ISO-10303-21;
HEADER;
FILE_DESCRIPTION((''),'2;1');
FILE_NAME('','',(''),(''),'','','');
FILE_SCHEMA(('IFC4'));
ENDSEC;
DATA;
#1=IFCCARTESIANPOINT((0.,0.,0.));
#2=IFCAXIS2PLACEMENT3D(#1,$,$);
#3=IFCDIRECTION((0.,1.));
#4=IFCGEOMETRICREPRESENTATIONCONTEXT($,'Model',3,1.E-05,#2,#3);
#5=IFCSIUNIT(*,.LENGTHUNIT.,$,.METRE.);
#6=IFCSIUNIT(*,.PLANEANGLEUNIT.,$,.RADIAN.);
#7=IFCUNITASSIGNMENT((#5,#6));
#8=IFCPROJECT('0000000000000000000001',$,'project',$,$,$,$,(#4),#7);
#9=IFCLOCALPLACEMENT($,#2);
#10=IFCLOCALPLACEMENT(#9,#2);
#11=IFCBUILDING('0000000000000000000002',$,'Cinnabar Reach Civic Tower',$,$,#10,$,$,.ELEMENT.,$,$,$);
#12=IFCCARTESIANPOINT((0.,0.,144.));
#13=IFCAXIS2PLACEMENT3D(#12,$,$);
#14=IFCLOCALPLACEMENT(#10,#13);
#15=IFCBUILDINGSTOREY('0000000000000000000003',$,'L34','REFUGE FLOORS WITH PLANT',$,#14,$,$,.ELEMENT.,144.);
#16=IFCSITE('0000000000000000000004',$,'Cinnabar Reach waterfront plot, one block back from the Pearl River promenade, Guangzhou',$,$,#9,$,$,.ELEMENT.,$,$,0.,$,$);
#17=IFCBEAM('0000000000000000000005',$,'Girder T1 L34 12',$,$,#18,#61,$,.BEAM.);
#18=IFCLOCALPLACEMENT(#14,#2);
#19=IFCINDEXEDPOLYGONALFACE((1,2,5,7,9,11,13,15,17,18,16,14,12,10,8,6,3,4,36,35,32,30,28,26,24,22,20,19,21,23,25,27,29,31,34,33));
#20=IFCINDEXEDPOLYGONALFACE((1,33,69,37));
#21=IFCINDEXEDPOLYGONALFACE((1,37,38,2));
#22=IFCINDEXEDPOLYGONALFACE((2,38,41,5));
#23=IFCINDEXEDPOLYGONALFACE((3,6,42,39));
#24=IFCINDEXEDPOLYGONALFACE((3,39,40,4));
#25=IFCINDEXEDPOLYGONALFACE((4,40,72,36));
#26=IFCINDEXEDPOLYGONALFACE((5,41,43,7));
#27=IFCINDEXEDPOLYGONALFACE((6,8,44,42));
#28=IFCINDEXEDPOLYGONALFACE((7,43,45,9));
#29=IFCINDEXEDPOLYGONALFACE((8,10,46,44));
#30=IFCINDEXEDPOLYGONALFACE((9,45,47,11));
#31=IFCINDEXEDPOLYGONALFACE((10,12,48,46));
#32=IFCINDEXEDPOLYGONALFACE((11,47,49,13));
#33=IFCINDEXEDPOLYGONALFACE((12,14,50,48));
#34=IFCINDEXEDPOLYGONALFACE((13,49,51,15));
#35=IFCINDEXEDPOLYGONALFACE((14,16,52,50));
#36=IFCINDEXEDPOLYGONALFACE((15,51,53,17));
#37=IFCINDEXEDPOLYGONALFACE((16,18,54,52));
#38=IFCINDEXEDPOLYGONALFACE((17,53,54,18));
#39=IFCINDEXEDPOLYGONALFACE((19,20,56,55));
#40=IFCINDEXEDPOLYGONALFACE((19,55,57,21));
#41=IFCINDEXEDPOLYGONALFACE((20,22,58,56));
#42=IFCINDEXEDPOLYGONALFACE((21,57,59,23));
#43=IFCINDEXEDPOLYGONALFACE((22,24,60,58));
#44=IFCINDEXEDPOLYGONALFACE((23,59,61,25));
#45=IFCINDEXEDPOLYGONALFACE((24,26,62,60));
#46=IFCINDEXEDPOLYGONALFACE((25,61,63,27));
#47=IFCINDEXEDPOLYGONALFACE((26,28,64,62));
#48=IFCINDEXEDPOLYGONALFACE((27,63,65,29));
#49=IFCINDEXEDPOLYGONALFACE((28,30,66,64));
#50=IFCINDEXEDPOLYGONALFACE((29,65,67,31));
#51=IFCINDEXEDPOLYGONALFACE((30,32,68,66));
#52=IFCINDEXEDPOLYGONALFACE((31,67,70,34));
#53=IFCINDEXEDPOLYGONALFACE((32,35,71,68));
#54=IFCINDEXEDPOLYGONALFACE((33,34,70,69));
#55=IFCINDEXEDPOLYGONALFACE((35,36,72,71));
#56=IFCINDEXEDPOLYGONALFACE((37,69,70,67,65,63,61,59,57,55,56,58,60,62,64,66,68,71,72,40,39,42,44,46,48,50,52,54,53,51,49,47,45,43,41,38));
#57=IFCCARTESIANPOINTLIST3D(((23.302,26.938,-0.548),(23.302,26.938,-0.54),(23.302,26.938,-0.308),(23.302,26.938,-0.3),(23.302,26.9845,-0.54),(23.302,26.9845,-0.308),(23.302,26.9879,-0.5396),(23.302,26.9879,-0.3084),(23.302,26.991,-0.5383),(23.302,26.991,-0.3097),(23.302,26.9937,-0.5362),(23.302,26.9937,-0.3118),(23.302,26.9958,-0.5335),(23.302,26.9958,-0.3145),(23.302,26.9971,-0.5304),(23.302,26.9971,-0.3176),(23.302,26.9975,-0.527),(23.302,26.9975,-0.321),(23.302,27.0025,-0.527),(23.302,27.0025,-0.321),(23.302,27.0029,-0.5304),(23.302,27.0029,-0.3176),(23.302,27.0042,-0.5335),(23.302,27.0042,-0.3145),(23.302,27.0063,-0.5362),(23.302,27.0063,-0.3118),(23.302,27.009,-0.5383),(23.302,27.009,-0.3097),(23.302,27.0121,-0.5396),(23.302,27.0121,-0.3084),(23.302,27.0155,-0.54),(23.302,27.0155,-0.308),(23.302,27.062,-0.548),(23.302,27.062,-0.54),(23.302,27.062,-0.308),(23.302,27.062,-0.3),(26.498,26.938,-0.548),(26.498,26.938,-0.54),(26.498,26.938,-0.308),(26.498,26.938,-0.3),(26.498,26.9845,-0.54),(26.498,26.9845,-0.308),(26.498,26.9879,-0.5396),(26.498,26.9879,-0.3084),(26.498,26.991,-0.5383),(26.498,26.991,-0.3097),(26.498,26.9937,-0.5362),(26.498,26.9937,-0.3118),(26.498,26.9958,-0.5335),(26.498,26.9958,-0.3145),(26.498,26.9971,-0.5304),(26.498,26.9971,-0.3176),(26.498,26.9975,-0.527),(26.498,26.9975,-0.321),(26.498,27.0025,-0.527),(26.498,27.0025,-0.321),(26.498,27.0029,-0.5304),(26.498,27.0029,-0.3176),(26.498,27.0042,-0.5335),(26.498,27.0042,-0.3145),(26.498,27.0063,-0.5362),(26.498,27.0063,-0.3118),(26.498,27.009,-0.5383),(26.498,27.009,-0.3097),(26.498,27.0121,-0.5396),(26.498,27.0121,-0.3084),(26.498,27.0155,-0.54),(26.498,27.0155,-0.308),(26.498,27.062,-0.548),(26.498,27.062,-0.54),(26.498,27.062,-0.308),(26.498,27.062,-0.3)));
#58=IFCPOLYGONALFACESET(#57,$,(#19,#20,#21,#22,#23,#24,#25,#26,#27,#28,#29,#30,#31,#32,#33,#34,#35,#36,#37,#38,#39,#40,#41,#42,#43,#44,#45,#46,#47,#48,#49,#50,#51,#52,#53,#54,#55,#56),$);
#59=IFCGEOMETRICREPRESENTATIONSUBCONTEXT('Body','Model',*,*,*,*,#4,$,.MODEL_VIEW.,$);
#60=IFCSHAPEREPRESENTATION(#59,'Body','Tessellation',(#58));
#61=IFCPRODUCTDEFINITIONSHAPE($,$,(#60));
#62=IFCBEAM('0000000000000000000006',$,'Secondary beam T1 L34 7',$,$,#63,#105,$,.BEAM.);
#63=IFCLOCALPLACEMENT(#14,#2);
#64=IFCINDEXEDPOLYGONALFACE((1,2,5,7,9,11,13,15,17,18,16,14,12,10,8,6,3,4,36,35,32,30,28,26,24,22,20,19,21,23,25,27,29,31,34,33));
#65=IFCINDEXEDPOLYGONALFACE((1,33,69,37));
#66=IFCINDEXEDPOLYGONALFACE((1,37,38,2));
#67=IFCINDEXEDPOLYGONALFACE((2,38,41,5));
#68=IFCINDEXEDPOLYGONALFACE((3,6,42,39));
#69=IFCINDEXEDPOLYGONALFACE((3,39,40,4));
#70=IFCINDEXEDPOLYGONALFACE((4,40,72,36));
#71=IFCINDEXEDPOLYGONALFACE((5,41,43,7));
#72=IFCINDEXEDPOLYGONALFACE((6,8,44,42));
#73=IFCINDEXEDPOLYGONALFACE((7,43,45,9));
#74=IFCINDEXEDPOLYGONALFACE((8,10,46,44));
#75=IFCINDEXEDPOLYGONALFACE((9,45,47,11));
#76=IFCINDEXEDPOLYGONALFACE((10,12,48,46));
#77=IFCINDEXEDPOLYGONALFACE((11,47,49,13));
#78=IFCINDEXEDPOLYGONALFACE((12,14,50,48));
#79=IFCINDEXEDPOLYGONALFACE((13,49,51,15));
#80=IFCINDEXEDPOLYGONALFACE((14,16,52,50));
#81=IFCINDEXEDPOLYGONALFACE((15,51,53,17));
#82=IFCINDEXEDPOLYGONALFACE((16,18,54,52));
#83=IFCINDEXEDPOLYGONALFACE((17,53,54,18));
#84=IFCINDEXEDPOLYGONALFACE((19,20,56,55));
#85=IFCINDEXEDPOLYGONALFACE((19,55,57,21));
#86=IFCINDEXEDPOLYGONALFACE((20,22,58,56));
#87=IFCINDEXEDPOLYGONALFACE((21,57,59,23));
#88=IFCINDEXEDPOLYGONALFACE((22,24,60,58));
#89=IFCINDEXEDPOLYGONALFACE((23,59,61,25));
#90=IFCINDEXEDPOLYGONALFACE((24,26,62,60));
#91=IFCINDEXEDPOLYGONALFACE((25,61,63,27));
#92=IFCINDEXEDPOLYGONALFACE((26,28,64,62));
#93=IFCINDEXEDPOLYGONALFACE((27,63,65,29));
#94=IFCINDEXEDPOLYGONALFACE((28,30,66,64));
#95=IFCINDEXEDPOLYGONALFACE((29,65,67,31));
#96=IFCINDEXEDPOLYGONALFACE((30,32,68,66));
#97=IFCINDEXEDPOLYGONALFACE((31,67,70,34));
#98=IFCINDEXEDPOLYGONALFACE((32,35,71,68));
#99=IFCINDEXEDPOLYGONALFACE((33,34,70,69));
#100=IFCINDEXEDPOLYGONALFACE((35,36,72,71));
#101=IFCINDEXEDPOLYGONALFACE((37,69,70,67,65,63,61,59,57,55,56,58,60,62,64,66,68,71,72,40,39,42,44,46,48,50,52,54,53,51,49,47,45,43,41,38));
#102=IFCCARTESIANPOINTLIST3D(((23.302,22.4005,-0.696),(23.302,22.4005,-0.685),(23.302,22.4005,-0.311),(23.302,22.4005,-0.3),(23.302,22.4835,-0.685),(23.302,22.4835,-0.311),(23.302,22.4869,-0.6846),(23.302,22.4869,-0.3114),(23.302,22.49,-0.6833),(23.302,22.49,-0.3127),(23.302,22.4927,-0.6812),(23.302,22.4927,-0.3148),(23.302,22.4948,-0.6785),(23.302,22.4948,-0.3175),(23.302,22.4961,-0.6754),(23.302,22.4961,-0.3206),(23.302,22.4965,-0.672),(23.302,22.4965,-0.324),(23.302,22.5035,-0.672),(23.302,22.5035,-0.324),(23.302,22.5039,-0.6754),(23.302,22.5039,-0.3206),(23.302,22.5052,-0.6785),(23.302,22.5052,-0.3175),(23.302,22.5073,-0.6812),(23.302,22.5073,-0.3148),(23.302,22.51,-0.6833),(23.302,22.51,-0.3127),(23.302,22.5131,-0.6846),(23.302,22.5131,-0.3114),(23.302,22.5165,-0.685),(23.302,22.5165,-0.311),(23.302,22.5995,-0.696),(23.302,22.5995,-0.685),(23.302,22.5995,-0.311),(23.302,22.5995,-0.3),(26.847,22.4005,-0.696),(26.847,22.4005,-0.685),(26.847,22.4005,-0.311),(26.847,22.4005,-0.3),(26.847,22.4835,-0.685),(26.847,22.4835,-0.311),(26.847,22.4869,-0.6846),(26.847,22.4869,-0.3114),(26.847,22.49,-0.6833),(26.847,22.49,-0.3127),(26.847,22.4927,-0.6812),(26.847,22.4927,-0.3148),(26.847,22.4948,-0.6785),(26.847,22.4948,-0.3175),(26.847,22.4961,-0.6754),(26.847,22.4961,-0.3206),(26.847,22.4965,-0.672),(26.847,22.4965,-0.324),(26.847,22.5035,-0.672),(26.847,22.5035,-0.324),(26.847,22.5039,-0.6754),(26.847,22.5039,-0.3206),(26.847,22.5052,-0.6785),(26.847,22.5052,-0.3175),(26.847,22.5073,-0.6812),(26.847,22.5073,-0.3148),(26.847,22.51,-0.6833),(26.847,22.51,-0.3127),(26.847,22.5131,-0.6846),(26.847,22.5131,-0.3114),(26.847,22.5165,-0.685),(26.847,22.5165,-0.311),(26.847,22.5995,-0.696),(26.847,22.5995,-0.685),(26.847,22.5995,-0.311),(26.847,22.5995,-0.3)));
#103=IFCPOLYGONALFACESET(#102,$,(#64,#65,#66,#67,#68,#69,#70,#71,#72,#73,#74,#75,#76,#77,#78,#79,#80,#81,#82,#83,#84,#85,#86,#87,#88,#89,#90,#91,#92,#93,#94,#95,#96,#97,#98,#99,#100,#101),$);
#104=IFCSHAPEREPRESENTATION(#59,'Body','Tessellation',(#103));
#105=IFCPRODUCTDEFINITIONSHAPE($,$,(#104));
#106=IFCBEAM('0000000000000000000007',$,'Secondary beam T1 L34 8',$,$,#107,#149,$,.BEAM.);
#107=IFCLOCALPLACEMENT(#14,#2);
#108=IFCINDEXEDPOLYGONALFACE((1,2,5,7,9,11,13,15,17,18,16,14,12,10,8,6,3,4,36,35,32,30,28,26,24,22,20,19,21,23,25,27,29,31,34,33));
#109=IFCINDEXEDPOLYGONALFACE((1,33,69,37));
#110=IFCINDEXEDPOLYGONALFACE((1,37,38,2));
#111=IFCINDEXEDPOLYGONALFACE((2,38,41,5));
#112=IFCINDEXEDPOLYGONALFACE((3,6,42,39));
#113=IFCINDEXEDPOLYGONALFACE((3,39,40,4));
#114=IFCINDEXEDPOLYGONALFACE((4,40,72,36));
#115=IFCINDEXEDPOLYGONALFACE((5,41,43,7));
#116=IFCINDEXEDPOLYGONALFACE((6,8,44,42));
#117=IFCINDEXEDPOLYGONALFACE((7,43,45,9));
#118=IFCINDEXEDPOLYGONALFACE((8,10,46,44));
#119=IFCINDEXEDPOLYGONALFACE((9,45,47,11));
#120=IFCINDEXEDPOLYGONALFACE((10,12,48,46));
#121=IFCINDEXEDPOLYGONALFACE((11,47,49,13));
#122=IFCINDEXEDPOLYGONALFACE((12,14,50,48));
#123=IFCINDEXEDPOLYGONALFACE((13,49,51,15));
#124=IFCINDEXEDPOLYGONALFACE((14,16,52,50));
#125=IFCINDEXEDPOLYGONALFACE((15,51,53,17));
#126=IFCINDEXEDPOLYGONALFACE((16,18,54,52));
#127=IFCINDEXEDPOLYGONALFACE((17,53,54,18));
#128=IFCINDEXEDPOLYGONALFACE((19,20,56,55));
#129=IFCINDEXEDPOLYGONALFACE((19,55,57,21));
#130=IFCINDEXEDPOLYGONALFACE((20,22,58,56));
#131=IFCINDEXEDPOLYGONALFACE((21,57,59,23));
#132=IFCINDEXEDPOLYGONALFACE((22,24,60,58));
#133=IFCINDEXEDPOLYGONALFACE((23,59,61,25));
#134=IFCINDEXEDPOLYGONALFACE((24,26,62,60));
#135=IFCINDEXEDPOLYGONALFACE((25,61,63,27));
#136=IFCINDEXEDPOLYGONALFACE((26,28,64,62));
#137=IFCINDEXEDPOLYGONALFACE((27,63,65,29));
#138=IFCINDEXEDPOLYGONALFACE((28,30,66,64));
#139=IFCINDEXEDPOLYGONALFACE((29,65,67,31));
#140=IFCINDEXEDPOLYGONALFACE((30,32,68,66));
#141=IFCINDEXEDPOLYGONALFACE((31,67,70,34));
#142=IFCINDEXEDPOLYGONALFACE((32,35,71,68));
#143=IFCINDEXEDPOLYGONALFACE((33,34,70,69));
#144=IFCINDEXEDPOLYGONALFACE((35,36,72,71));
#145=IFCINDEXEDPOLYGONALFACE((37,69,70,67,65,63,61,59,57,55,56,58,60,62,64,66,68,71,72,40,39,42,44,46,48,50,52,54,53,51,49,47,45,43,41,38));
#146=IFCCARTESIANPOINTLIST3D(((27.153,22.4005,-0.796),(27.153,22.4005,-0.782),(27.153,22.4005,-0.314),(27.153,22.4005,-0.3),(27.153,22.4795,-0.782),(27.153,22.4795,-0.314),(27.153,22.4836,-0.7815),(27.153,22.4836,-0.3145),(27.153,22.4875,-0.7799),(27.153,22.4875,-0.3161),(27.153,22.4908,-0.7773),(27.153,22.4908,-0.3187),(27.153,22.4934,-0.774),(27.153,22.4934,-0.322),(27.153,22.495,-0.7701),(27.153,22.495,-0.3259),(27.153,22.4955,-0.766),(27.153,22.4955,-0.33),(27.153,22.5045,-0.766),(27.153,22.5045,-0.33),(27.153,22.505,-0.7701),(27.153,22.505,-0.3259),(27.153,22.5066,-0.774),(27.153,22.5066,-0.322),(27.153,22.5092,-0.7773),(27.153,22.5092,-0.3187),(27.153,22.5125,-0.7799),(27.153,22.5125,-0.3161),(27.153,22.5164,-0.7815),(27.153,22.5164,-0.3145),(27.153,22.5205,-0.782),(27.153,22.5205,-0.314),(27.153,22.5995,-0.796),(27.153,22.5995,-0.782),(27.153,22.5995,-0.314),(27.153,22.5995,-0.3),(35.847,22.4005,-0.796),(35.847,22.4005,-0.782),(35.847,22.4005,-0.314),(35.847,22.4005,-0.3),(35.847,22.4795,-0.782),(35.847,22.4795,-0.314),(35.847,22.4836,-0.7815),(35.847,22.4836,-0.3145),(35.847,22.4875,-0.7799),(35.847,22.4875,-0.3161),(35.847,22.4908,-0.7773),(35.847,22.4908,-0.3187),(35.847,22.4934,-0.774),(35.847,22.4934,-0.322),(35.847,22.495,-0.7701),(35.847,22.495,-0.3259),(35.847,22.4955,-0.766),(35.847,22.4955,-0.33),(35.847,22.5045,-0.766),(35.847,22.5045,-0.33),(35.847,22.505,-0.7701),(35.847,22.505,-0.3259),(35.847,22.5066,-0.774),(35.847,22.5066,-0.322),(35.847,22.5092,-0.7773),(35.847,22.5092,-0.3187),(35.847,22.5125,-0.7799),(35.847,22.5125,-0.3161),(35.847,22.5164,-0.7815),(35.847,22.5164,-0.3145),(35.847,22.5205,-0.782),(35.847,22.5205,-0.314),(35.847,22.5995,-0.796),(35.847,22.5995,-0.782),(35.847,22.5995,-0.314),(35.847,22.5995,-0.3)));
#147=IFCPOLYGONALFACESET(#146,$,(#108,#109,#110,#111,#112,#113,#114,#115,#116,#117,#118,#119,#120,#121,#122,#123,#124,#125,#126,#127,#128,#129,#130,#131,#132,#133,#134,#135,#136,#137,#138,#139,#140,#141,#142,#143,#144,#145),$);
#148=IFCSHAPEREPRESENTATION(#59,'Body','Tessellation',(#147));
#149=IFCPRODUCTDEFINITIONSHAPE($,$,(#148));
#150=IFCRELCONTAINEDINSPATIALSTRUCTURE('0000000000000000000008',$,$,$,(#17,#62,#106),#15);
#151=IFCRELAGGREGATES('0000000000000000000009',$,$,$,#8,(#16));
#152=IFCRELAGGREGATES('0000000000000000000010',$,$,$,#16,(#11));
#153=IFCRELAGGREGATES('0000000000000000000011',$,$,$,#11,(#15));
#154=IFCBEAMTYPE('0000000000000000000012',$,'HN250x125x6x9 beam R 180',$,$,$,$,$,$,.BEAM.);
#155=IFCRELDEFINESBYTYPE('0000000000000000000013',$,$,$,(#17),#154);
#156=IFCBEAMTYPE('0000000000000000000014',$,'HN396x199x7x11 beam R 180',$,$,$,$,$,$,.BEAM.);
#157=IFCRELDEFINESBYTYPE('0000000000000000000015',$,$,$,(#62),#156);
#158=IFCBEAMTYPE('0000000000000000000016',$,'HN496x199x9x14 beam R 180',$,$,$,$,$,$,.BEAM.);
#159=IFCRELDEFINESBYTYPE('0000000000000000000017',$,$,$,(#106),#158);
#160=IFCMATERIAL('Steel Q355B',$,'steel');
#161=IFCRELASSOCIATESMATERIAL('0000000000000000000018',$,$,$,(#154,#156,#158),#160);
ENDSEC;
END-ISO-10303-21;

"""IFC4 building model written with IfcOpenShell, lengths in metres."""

from ifc_helpers import new_model, si_unit, direction, frame, origin, origin_2d, place, context, subcontext, project, spatial, i_section, extrude, material, material_profile, profile_set, type_object, element, save


model = new_model("IFC4")

# Units and contexts
model_context = context("Model", 3, precision=1e-05, world=origin(), true_north=direction((0.0, 1.0)))
body_context = subcontext(model_context, "Body", "Model", "MODEL_VIEW")
ifc_project = project(units=[si_unit("LENGTHUNIT", "METRE"), si_unit("PLANEANGLEUNIT", "RADIAN")], contexts=[model_context])

# Site, building, storey
site_placement = place(None, origin())
site = spatial("IfcSite", under=ifc_project, at=site_placement, Name="Cinnabar Reach waterfront plot, one block back from the Pearl River promenade, Guangzhou", CompositionType="ELEMENT", RefElevation=0.0)
building_placement = place(site_placement, origin())
building = spatial("IfcBuilding", under=site, at=building_placement, Name="Cinnabar Reach Civic Tower", CompositionType="ELEMENT")
storey_placement = place(building_placement, frame((0.0, 0.0, 144.0)))
storey = spatial("IfcBuildingStorey", under=building, at=storey_placement, Name="L34", Description="REFUGE FLOORS WITH PLANT", CompositionType="ELEMENT", Elevation=144.0)

# Beams
ifc_material_1 = material(Name="Steel Q355B", Category="steel")
ifc_material_profile_1 = material_profile(ifc_material_1, i_section(OverallWidth=0.124, OverallDepth=0.248, WebThickness=0.005, FlangeThickness=0.008, FilletRadius=0.013, at=origin_2d()), Name="HN250x125x6x9")
ifc_profile_set_1 = profile_set([ifc_material_profile_1], Name="Steel Q355B")
beam_type_1 = type_object("IfcBeamType", Name="HN250x125x6x9 beam R 180", PredefinedType="BEAM", material=ifc_profile_set_1)
beam_1_placement = place(storey_placement, frame((23.302, 27.0, -0.424), z_axis=(1.0, 0.0, 0.0), x_axis=(0.0, 1.0, 0.0)))
element("IfcBeam", 1, at=beam_1_placement, inside=storey, type_object=beam_type_1, Name="Girder T1 L34 12", PredefinedType="BEAM", context=body_context, shape_type="SweptSolid", body=[
    extrude(i_section(OverallWidth=0.124, OverallDepth=0.248, WebThickness=0.005, FlangeThickness=0.008, FilletRadius=0.013, at=origin_2d()), origin(), (0.0, 0.0, 1.0), 3.196),
])
ifc_material_profile_2 = material_profile(ifc_material_1, i_section(OverallWidth=0.199, OverallDepth=0.396, WebThickness=0.007, FlangeThickness=0.011, FilletRadius=0.013, at=origin_2d()), Name="HN396x199x7x11")
ifc_profile_set_2 = profile_set([ifc_material_profile_2], Name="Steel Q355B")
beam_type_2 = type_object("IfcBeamType", Name="HN396x199x7x11 beam R 180", PredefinedType="BEAM", material=ifc_profile_set_2)
beam_2_placement = place(storey_placement, frame((23.302, 22.5, -0.498), z_axis=(1.0, 0.0, 0.0), x_axis=(0.0, 1.0, 0.0)))
element("IfcBeam", 2, at=beam_2_placement, inside=storey, type_object=beam_type_2, Name="Secondary beam T1 L34 7", PredefinedType="BEAM", context=body_context, shape_type="SweptSolid", body=[
    extrude(i_section(OverallWidth=0.199, OverallDepth=0.396, WebThickness=0.007, FlangeThickness=0.011, FilletRadius=0.013, at=origin_2d()), origin(), (0.0, 0.0, 1.0), 3.545),
])
ifc_material_profile_3 = material_profile(ifc_material_1, i_section(OverallWidth=0.199, OverallDepth=0.496, WebThickness=0.009, FlangeThickness=0.014, FilletRadius=0.016, at=origin_2d()), Name="HN496x199x9x14")
ifc_profile_set_3 = profile_set([ifc_material_profile_3], Name="Steel Q355B")
beam_type_3 = type_object("IfcBeamType", Name="HN496x199x9x14 beam R 180", PredefinedType="BEAM", material=ifc_profile_set_3)
beam_3_placement = place(storey_placement, frame((27.153, 22.5, -0.548), z_axis=(1.0, 0.0, 0.0), x_axis=(0.0, 1.0, 0.0)))
element("IfcBeam", 3, at=beam_3_placement, inside=storey, type_object=beam_type_3, Name="Secondary beam T1 L34 8", PredefinedType="BEAM", context=body_context, shape_type="SweptSolid", body=[
    extrude(i_section(OverallWidth=0.199, OverallDepth=0.496, WebThickness=0.009, FlangeThickness=0.014, FilletRadius=0.016, at=origin_2d()), origin(), (0.0, 0.0, 1.0), 8.694),
])

save(model, "model.ifc")
